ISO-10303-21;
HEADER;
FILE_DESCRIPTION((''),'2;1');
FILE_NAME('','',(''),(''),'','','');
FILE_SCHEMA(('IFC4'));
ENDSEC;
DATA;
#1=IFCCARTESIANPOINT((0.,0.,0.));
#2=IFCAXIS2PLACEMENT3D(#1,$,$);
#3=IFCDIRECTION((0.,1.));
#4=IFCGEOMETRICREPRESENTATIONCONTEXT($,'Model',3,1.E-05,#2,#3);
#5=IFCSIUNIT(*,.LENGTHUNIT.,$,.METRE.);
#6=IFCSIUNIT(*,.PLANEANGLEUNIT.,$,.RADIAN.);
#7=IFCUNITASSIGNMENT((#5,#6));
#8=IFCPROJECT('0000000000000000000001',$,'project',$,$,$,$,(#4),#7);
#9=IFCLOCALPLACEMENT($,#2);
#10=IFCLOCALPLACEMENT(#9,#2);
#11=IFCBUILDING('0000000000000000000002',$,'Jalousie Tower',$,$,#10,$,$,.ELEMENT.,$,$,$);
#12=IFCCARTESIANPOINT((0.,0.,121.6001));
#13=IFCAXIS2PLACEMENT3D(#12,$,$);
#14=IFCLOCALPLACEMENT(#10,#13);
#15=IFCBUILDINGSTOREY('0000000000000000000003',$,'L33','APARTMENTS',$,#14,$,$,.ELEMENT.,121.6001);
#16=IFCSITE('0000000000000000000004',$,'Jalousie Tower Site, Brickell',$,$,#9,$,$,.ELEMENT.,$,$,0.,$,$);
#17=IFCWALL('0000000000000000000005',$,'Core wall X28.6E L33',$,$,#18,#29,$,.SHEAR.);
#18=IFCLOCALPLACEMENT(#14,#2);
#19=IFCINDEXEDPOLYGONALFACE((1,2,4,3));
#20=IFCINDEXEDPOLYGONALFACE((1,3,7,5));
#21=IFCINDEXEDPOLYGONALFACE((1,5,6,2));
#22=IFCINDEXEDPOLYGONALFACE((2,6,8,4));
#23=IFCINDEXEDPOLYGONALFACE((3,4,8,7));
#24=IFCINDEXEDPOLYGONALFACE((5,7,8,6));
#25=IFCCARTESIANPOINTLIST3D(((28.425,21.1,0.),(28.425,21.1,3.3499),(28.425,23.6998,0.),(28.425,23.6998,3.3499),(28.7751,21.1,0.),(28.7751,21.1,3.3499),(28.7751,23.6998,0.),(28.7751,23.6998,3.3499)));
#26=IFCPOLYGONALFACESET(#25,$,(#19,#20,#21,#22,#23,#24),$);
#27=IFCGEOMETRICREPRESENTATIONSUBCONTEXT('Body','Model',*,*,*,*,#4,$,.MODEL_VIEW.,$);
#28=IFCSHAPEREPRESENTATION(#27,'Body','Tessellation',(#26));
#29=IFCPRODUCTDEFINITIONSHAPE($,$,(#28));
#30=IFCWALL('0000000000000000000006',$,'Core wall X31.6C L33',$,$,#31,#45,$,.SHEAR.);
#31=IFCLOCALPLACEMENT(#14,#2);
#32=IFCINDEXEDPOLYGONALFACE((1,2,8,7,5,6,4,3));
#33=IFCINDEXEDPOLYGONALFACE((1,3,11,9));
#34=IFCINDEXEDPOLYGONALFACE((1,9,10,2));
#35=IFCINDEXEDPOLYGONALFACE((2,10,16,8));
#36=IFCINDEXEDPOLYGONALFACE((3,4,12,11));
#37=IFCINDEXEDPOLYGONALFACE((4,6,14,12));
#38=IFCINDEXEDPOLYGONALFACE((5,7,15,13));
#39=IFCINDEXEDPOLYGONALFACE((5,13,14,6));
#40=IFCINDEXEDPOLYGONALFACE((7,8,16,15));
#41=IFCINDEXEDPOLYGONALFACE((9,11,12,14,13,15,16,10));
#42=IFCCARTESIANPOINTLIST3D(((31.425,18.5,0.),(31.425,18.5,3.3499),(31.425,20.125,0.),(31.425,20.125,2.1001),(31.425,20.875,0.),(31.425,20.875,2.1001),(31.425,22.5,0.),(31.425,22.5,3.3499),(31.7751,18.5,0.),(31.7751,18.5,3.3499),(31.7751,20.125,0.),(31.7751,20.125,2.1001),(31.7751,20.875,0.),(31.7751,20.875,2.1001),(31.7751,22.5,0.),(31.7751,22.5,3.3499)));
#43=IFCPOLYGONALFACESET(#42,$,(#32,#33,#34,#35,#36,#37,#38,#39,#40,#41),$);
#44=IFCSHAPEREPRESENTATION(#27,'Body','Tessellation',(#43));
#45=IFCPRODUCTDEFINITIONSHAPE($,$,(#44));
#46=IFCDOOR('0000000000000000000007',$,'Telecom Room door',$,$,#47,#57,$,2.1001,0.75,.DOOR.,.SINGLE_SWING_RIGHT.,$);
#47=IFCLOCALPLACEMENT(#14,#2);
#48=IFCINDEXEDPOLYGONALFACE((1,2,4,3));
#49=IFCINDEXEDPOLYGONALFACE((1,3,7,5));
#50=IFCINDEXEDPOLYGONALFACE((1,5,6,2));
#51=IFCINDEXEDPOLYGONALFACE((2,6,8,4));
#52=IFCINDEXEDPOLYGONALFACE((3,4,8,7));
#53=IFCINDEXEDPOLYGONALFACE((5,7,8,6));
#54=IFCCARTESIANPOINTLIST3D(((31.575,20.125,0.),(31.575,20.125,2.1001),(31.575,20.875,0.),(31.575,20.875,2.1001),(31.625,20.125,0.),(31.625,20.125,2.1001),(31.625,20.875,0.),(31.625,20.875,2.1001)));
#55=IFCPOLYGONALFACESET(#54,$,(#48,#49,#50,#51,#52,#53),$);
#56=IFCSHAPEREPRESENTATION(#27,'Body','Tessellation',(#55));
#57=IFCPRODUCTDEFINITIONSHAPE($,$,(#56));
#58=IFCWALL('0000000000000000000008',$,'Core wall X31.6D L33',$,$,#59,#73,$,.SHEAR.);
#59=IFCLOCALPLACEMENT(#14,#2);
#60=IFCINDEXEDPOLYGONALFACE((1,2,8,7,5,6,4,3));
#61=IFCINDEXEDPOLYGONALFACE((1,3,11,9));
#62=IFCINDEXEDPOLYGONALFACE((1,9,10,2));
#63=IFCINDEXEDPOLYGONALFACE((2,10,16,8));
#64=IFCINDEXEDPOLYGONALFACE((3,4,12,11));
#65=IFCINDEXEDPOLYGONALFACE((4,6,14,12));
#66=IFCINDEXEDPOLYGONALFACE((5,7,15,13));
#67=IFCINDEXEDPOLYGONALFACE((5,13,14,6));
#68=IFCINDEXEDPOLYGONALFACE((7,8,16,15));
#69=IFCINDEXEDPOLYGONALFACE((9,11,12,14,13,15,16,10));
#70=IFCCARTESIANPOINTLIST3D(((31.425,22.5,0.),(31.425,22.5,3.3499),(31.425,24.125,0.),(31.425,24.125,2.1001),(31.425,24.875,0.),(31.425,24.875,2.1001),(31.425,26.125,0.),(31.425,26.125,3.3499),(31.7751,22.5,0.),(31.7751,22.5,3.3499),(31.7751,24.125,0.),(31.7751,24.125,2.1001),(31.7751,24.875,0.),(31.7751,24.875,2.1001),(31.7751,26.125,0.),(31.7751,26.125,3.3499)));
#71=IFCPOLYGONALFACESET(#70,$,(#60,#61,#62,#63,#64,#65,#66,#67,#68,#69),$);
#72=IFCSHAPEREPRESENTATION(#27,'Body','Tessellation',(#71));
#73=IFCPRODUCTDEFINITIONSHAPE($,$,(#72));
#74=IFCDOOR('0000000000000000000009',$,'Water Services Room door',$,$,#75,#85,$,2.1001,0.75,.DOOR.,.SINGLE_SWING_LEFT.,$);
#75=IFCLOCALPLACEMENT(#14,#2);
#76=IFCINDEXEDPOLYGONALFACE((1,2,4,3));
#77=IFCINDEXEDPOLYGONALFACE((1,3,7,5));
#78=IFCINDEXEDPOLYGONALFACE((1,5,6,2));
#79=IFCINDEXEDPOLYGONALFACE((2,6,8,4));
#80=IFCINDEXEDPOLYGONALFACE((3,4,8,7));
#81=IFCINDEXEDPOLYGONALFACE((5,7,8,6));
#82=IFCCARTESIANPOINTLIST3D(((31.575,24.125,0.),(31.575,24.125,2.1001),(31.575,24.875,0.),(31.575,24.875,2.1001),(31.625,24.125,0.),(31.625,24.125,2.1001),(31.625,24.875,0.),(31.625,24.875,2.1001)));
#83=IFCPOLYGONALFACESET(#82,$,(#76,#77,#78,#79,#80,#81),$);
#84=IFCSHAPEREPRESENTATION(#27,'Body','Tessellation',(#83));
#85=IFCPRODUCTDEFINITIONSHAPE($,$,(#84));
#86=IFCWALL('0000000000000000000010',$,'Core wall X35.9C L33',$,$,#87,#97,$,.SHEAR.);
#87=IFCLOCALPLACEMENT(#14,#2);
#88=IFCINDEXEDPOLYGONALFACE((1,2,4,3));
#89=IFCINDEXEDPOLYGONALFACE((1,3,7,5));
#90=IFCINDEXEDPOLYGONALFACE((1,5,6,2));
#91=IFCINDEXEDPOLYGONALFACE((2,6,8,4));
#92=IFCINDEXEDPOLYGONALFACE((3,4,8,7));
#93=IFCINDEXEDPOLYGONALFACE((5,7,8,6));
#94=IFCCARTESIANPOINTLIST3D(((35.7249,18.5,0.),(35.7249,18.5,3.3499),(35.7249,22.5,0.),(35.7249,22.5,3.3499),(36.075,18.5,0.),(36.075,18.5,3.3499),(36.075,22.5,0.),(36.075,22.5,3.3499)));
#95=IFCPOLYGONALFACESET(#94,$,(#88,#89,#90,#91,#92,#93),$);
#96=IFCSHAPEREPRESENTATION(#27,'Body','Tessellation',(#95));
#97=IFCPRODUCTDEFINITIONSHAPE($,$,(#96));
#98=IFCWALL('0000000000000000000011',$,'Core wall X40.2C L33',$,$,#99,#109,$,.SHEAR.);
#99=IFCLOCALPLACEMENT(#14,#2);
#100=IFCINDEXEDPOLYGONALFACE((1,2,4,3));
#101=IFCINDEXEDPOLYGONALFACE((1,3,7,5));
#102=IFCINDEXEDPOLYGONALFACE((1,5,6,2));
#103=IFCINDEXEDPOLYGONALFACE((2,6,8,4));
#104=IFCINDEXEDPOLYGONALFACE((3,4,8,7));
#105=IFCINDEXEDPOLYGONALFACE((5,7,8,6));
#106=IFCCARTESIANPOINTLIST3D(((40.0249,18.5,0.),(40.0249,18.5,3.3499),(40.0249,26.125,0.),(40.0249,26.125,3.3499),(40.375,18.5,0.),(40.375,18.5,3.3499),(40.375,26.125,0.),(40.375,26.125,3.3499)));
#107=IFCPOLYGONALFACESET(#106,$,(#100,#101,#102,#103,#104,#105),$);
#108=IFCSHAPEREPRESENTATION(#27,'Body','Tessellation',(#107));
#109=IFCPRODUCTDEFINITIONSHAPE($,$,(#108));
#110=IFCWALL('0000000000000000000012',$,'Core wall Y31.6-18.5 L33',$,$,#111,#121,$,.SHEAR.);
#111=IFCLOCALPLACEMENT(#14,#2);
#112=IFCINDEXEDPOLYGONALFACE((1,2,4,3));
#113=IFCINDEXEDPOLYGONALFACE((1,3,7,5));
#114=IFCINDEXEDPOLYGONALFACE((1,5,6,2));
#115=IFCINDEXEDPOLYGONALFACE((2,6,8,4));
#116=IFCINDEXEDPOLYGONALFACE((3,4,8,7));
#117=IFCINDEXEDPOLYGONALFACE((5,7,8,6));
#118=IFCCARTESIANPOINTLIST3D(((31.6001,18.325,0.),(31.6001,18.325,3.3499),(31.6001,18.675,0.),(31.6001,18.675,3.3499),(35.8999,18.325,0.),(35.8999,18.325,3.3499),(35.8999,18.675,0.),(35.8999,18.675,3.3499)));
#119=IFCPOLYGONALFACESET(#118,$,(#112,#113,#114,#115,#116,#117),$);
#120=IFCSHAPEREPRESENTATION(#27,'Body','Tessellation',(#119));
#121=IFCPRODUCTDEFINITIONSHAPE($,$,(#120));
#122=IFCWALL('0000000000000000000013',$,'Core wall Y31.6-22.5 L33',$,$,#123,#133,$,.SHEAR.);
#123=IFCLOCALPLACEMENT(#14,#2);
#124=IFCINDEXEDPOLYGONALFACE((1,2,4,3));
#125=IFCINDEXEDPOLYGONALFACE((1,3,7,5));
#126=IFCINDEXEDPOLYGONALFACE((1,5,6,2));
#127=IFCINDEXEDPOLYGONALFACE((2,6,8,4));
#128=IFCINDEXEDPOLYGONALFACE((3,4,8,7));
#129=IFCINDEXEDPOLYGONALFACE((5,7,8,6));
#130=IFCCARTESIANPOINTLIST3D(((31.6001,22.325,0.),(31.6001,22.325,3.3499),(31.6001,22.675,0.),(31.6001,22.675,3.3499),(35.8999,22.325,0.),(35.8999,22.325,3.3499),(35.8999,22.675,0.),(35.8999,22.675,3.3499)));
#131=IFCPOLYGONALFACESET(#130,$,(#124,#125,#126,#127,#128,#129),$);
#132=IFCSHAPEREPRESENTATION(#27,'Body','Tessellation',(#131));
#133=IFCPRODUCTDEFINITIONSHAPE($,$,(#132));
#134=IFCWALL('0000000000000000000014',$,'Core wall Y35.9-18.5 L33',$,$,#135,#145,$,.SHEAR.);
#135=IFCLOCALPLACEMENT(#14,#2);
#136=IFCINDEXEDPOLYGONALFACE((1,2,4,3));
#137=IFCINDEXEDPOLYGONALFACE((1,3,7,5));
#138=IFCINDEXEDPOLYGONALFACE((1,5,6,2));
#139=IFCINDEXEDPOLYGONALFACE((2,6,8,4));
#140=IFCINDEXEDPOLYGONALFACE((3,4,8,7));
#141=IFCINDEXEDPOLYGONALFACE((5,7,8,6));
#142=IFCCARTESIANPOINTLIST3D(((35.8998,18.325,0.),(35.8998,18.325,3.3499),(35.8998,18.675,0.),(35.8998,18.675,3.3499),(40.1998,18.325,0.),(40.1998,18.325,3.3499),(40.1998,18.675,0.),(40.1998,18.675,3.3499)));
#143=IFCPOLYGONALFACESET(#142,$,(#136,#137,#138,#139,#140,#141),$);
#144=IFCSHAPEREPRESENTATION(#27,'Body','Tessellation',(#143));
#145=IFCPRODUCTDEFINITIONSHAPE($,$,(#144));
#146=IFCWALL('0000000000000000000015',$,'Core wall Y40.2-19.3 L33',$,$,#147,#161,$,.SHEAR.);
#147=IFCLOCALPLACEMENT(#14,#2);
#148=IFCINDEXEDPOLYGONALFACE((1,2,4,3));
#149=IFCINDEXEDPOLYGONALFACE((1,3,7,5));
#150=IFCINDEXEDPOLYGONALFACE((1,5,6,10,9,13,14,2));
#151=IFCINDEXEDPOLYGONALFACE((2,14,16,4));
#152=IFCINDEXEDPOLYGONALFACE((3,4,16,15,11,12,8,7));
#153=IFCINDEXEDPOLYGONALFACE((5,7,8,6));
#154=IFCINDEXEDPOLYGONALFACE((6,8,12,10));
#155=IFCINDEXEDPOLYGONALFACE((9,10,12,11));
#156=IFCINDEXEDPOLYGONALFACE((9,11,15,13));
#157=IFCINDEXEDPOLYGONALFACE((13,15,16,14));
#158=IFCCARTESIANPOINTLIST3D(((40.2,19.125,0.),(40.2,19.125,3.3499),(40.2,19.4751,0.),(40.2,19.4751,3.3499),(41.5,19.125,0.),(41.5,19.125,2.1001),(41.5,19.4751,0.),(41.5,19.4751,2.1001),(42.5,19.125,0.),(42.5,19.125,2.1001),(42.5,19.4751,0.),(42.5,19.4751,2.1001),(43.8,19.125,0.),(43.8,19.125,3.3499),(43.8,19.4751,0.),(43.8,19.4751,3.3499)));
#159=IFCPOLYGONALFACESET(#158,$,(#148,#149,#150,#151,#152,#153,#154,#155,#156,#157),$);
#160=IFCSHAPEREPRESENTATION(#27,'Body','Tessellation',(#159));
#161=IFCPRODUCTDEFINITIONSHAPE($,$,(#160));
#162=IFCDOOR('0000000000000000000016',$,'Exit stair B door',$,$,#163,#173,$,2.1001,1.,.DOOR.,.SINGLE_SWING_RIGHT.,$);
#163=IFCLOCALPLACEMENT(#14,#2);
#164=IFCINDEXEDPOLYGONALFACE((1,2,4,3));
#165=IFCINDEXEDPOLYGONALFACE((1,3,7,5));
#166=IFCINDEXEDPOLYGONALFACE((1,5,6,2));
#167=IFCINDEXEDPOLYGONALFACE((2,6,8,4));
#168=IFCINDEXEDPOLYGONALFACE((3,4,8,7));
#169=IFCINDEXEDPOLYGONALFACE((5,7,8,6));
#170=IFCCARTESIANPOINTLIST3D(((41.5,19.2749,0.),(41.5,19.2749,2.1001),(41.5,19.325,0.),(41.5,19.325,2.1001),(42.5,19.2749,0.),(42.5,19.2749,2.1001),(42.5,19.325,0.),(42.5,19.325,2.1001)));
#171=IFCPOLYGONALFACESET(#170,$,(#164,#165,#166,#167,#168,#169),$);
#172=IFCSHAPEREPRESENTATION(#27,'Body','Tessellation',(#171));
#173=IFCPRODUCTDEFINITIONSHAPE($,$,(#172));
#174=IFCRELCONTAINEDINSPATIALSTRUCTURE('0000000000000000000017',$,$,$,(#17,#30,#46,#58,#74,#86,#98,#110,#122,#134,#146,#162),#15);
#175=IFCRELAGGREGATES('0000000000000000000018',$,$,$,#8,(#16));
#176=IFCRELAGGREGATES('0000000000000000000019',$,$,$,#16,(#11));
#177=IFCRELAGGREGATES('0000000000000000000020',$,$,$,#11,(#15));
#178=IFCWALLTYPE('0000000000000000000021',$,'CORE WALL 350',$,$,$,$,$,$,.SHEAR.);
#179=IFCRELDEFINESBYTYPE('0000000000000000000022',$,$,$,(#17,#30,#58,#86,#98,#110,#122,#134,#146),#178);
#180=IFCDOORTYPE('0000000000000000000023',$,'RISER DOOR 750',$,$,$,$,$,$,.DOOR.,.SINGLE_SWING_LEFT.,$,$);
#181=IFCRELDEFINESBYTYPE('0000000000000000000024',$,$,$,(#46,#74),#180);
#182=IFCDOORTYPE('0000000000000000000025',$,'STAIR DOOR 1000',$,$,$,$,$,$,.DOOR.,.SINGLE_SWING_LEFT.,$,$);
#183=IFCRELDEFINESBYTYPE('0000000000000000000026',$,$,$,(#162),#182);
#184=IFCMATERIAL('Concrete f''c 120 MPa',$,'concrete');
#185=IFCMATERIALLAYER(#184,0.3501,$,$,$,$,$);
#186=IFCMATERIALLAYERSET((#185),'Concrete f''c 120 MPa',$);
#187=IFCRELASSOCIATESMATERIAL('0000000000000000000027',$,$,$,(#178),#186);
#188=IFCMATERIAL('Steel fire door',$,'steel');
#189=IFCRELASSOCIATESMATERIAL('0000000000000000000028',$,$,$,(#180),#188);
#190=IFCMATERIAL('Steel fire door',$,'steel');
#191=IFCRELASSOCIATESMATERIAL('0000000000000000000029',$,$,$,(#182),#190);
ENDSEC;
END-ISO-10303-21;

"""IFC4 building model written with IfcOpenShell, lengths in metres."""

from ifc_helpers import new_model, si_unit, direction, frame, frame_2d, origin, place, context, subcontext, project, spatial, rectangle, extrude, material, layer, layer_set, type_object, element, fill, save


model = new_model("IFC4")

# Units and contexts
model_context = context("Model", 3, precision=1e-05, world=origin(), true_north=direction((0.0, 1.0)))
body_context = subcontext(model_context, "Body", "Model", "MODEL_VIEW")
ifc_project = project(units=[si_unit("LENGTHUNIT", "METRE"), si_unit("PLANEANGLEUNIT", "RADIAN")], contexts=[model_context])

# Site, building, storey
site_placement = place(None, origin())
site = spatial("IfcSite", under=ifc_project, at=site_placement, Name="Jalousie Tower Site, Brickell", CompositionType="ELEMENT", RefElevation=0.0)
building_placement = place(site_placement, origin())
building = spatial("IfcBuilding", under=site, at=building_placement, Name="Jalousie Tower", CompositionType="ELEMENT")
storey_placement = place(building_placement, frame((0.0, 0.0, 121.6001)))
storey = spatial("IfcBuildingStorey", under=building, at=storey_placement, Name="L33", Description="APARTMENTS", CompositionType="ELEMENT", Elevation=121.6001)

# Wall
ifc_material_1 = material(Name="Concrete f'c 120 MPa", Category="concrete")
ifc_layer = layer(ifc_material_1, 0.3501)
ifc_layer_set = layer_set([ifc_layer], Name="Concrete f'c 120 MPa")
wall_type_1 = type_object("IfcWallType", Name="CORE WALL 350", PredefinedType="SHEAR", material=ifc_layer_set)
wall_1_placement = place(storey_placement, frame((28.6001, 21.1001, 0.0), z_axis=(0.0, 0.0, 1.0), x_axis=(0.0, 1.0, 0.0)))
element("IfcWall", 1, at=wall_1_placement, inside=storey, type_object=wall_type_1, Name="Core wall X28.6E L33", PredefinedType="SHEAR", context=body_context, shape_type="SweptSolid", body=[
    extrude(rectangle(XDim=2.5999, YDim=0.3501, at=frame_2d((1.2998, 0.0))), origin(), (0.0, 0.0, 1.0), 3.3499),
])

# Walls, openings, doors
wall_2_placement = place(storey_placement, frame((31.6001, 18.5, 0.0), z_axis=(0.0, 0.0, 1.0), x_axis=(0.0, 1.0, 0.0)))
wall_2 = element("IfcWall", 2, at=wall_2_placement, inside=storey, type_object=wall_type_1, Name="Core wall X31.6C L33", PredefinedType="SHEAR", context=body_context, shape_type="SweptSolid", body=[
    extrude(rectangle(XDim=4.0, YDim=0.3501, at=frame_2d((2.0, 0.0))), origin(), (0.0, 0.0, 1.0), 3.3499),
])
opening_1_placement = place(wall_2_placement, frame((1.625, 0.0, 0.0)))
opening_1 = element("IfcOpeningElement", 3, at=opening_1_placement, cuts=wall_2, PredefinedType="OPENING", context=body_context, shape_type="SweptSolid", body=[
    extrude(rectangle(XDim=0.75, YDim=2.1001, at=frame_2d((0.375, 1.05))), frame((0.0, 0.1851, 0.0), z_axis=(0.0, -1.0, 0.0), x_axis=(1.0, 0.0, 0.0)), (0.0, 0.0, 1.0), 0.3701),
])
ifc_material_2 = material(Name="Steel fire door", Category="steel")
door_type_1 = type_object("IfcDoorType", Name="RISER DOOR 750", OperationType="SINGLE_SWING_LEFT", PredefinedType="DOOR", material=ifc_material_2)
door_1_placement = place(opening_1_placement, frame((0.75, 0.0, 0.0), z_axis=(0.0, 0.0, 1.0), x_axis=(-1.0, 0.0, 0.0)))
door_1 = element("IfcDoor", 4, at=door_1_placement, inside=storey, type_object=door_type_1, Name="Telecom Room door", OperationType="SINGLE_SWING_RIGHT", OverallHeight=2.1001, OverallWidth=0.75, PredefinedType="DOOR", context=body_context, shape_type="SweptSolid", body=[
    extrude(rectangle(XDim=0.75, YDim=2.1001, at=frame_2d((0.375, 1.05))), frame((0.0, 0.0249, 0.0), z_axis=(0.0, -1.0, 0.0), x_axis=(1.0, 0.0, 0.0)), (0.0, 0.0, 1.0), 0.05),
])
fill(opening_1, door_1)
wall_3_placement = place(storey_placement, frame((31.6001, 22.5, 0.0), z_axis=(0.0, 0.0, 1.0), x_axis=(0.0, 1.0, 0.0)))
wall_3 = element("IfcWall", 5, at=wall_3_placement, inside=storey, type_object=wall_type_1, Name="Core wall X31.6D L33", PredefinedType="SHEAR", context=body_context, shape_type="SweptSolid", body=[
    extrude(rectangle(XDim=3.625, YDim=0.3501, at=frame_2d((1.8125, 0.0))), origin(), (0.0, 0.0, 1.0), 3.3499),
])
opening_2_placement = place(wall_3_placement, frame((1.625, 0.0, 0.0)))
opening_2 = element("IfcOpeningElement", 6, at=opening_2_placement, cuts=wall_3, PredefinedType="OPENING", context=body_context, shape_type="SweptSolid", body=[
    extrude(rectangle(XDim=0.75, YDim=2.1001, at=frame_2d((0.375, 1.05))), frame((0.0, 0.1851, 0.0), z_axis=(0.0, -1.0, 0.0), x_axis=(1.0, 0.0, 0.0)), (0.0, 0.0, 1.0), 0.3701),
])
door_2_placement = place(opening_2_placement, frame((0.75, 0.0, 0.0), z_axis=(0.0, 0.0, 1.0), x_axis=(-1.0, 0.0, 0.0)))
door_2 = element("IfcDoor", 7, at=door_2_placement, inside=storey, type_object=door_type_1, Name="Water Services Room door", OperationType="SINGLE_SWING_LEFT", OverallHeight=2.1001, OverallWidth=0.75, PredefinedType="DOOR", context=body_context, shape_type="SweptSolid", body=[
    extrude(rectangle(XDim=0.75, YDim=2.1001, at=frame_2d((0.375, 1.05))), frame((0.0, 0.0249, 0.0), z_axis=(0.0, -1.0, 0.0), x_axis=(1.0, 0.0, 0.0)), (0.0, 0.0, 1.0), 0.05),
])
fill(opening_2, door_2)

# Walls
wall_4_placement = place(storey_placement, frame((35.8999, 18.5, 0.0), z_axis=(0.0, 0.0, 1.0), x_axis=(0.0, 1.0, 0.0)))
element("IfcWall", 8, at=wall_4_placement, inside=storey, type_object=wall_type_1, Name="Core wall X35.9C L33", PredefinedType="SHEAR", context=body_context, shape_type="SweptSolid", body=[
    extrude(rectangle(XDim=4.0, YDim=0.3501, at=frame_2d((2.0, 0.0))), origin(), (0.0, 0.0, 1.0), 3.3499),
])
wall_5_placement = place(storey_placement, frame((40.2, 18.5, 0.0), z_axis=(0.0, 0.0, 1.0), x_axis=(0.0, 1.0, 0.0)))
element("IfcWall", 9, at=wall_5_placement, inside=storey, type_object=wall_type_1, Name="Core wall X40.2C L33", PredefinedType="SHEAR", context=body_context, shape_type="SweptSolid", body=[
    extrude(rectangle(XDim=7.625, YDim=0.3501, at=frame_2d((3.8125, 0.0))), origin(), (0.0, 0.0, 1.0), 3.3499),
])
for number, where, z_axis, x_axis, name in (
    (10, (31.6001, 18.5, 0.0), (0.0, 0.0, 1.0), (1.0, 0.0, 0.0), "Core wall Y31.6-18.5 L33"),
    (11, (31.6001, 22.5, 0.0), (0.0, 0.0, 1.0), (1.0, 0.0, 0.0), "Core wall Y31.6-22.5 L33"),
):
    element("IfcWall", number, at=place(storey_placement, frame(where, z_axis=z_axis, x_axis=x_axis)), inside=storey, type_object=wall_type_1, Name=name, PredefinedType="SHEAR", context=body_context, shape_type="SweptSolid", body=[
        extrude(rectangle(XDim=4.2998, YDim=0.3501, at=frame_2d((2.1499, 0.0))), origin(), (0.0, 0.0, 1.0), 3.3499),
    ])
wall_6_placement = place(storey_placement, frame((35.8999, 18.5, 0.0), z_axis=(0.0, 0.0, 1.0), x_axis=(1.0, 0.0, 0.0)))
element("IfcWall", 12, at=wall_6_placement, inside=storey, type_object=wall_type_1, Name="Core wall Y35.9-18.5 L33", PredefinedType="SHEAR", context=body_context, shape_type="SweptSolid", body=[
    extrude(rectangle(XDim=4.3, YDim=0.3501, at=frame_2d((2.1499, 0.0))), origin(), (0.0, 0.0, 1.0), 3.3499),
])

# Wall, opening, door
wall_7_placement = place(storey_placement, frame((40.2, 19.3, 0.0), z_axis=(0.0, 0.0, 1.0), x_axis=(1.0, 0.0, 0.0)))
wall_7 = element("IfcWall", 13, at=wall_7_placement, inside=storey, type_object=wall_type_1, Name="Core wall Y40.2-19.3 L33", PredefinedType="SHEAR", context=body_context, shape_type="SweptSolid", body=[
    extrude(rectangle(XDim=3.6001, YDim=0.3501, at=frame_2d((1.8, 0.0))), origin(), (0.0, 0.0, 1.0), 3.3499),
])
opening_3_placement = place(wall_7_placement, frame((1.3, 0.0, 0.0)))
opening_3 = element("IfcOpeningElement", 14, at=opening_3_placement, cuts=wall_7, PredefinedType="OPENING", context=body_context, shape_type="SweptSolid", body=[
    extrude(rectangle(XDim=1.0, YDim=2.1001, at=frame_2d((0.5, 1.05))), frame((0.0, 0.1851, 0.0), z_axis=(0.0, -1.0, 0.0), x_axis=(1.0, 0.0, 0.0)), (0.0, 0.0, 1.0), 0.3701),
])
ifc_material_3 = material(Name="Steel fire door", Category="steel")
door_type_2 = type_object("IfcDoorType", Name="STAIR DOOR 1000", OperationType="SINGLE_SWING_LEFT", PredefinedType="DOOR", material=ifc_material_3)
door_3_placement = place(opening_3_placement, origin())
door_3 = element("IfcDoor", 15, at=door_3_placement, inside=storey, type_object=door_type_2, Name="Exit stair B door", OperationType="SINGLE_SWING_RIGHT", OverallHeight=2.1001, OverallWidth=1.0, PredefinedType="DOOR", context=body_context, shape_type="SweptSolid", body=[
    extrude(rectangle(XDim=1.0, YDim=2.1001, at=frame_2d((0.5, 1.05))), frame((0.0, 0.0249, 0.0), z_axis=(0.0, -1.0, 0.0), x_axis=(1.0, 0.0, 0.0)), (0.0, 0.0, 1.0), 0.05),
])
fill(opening_3, door_3)

save(model, "model.ifc")
